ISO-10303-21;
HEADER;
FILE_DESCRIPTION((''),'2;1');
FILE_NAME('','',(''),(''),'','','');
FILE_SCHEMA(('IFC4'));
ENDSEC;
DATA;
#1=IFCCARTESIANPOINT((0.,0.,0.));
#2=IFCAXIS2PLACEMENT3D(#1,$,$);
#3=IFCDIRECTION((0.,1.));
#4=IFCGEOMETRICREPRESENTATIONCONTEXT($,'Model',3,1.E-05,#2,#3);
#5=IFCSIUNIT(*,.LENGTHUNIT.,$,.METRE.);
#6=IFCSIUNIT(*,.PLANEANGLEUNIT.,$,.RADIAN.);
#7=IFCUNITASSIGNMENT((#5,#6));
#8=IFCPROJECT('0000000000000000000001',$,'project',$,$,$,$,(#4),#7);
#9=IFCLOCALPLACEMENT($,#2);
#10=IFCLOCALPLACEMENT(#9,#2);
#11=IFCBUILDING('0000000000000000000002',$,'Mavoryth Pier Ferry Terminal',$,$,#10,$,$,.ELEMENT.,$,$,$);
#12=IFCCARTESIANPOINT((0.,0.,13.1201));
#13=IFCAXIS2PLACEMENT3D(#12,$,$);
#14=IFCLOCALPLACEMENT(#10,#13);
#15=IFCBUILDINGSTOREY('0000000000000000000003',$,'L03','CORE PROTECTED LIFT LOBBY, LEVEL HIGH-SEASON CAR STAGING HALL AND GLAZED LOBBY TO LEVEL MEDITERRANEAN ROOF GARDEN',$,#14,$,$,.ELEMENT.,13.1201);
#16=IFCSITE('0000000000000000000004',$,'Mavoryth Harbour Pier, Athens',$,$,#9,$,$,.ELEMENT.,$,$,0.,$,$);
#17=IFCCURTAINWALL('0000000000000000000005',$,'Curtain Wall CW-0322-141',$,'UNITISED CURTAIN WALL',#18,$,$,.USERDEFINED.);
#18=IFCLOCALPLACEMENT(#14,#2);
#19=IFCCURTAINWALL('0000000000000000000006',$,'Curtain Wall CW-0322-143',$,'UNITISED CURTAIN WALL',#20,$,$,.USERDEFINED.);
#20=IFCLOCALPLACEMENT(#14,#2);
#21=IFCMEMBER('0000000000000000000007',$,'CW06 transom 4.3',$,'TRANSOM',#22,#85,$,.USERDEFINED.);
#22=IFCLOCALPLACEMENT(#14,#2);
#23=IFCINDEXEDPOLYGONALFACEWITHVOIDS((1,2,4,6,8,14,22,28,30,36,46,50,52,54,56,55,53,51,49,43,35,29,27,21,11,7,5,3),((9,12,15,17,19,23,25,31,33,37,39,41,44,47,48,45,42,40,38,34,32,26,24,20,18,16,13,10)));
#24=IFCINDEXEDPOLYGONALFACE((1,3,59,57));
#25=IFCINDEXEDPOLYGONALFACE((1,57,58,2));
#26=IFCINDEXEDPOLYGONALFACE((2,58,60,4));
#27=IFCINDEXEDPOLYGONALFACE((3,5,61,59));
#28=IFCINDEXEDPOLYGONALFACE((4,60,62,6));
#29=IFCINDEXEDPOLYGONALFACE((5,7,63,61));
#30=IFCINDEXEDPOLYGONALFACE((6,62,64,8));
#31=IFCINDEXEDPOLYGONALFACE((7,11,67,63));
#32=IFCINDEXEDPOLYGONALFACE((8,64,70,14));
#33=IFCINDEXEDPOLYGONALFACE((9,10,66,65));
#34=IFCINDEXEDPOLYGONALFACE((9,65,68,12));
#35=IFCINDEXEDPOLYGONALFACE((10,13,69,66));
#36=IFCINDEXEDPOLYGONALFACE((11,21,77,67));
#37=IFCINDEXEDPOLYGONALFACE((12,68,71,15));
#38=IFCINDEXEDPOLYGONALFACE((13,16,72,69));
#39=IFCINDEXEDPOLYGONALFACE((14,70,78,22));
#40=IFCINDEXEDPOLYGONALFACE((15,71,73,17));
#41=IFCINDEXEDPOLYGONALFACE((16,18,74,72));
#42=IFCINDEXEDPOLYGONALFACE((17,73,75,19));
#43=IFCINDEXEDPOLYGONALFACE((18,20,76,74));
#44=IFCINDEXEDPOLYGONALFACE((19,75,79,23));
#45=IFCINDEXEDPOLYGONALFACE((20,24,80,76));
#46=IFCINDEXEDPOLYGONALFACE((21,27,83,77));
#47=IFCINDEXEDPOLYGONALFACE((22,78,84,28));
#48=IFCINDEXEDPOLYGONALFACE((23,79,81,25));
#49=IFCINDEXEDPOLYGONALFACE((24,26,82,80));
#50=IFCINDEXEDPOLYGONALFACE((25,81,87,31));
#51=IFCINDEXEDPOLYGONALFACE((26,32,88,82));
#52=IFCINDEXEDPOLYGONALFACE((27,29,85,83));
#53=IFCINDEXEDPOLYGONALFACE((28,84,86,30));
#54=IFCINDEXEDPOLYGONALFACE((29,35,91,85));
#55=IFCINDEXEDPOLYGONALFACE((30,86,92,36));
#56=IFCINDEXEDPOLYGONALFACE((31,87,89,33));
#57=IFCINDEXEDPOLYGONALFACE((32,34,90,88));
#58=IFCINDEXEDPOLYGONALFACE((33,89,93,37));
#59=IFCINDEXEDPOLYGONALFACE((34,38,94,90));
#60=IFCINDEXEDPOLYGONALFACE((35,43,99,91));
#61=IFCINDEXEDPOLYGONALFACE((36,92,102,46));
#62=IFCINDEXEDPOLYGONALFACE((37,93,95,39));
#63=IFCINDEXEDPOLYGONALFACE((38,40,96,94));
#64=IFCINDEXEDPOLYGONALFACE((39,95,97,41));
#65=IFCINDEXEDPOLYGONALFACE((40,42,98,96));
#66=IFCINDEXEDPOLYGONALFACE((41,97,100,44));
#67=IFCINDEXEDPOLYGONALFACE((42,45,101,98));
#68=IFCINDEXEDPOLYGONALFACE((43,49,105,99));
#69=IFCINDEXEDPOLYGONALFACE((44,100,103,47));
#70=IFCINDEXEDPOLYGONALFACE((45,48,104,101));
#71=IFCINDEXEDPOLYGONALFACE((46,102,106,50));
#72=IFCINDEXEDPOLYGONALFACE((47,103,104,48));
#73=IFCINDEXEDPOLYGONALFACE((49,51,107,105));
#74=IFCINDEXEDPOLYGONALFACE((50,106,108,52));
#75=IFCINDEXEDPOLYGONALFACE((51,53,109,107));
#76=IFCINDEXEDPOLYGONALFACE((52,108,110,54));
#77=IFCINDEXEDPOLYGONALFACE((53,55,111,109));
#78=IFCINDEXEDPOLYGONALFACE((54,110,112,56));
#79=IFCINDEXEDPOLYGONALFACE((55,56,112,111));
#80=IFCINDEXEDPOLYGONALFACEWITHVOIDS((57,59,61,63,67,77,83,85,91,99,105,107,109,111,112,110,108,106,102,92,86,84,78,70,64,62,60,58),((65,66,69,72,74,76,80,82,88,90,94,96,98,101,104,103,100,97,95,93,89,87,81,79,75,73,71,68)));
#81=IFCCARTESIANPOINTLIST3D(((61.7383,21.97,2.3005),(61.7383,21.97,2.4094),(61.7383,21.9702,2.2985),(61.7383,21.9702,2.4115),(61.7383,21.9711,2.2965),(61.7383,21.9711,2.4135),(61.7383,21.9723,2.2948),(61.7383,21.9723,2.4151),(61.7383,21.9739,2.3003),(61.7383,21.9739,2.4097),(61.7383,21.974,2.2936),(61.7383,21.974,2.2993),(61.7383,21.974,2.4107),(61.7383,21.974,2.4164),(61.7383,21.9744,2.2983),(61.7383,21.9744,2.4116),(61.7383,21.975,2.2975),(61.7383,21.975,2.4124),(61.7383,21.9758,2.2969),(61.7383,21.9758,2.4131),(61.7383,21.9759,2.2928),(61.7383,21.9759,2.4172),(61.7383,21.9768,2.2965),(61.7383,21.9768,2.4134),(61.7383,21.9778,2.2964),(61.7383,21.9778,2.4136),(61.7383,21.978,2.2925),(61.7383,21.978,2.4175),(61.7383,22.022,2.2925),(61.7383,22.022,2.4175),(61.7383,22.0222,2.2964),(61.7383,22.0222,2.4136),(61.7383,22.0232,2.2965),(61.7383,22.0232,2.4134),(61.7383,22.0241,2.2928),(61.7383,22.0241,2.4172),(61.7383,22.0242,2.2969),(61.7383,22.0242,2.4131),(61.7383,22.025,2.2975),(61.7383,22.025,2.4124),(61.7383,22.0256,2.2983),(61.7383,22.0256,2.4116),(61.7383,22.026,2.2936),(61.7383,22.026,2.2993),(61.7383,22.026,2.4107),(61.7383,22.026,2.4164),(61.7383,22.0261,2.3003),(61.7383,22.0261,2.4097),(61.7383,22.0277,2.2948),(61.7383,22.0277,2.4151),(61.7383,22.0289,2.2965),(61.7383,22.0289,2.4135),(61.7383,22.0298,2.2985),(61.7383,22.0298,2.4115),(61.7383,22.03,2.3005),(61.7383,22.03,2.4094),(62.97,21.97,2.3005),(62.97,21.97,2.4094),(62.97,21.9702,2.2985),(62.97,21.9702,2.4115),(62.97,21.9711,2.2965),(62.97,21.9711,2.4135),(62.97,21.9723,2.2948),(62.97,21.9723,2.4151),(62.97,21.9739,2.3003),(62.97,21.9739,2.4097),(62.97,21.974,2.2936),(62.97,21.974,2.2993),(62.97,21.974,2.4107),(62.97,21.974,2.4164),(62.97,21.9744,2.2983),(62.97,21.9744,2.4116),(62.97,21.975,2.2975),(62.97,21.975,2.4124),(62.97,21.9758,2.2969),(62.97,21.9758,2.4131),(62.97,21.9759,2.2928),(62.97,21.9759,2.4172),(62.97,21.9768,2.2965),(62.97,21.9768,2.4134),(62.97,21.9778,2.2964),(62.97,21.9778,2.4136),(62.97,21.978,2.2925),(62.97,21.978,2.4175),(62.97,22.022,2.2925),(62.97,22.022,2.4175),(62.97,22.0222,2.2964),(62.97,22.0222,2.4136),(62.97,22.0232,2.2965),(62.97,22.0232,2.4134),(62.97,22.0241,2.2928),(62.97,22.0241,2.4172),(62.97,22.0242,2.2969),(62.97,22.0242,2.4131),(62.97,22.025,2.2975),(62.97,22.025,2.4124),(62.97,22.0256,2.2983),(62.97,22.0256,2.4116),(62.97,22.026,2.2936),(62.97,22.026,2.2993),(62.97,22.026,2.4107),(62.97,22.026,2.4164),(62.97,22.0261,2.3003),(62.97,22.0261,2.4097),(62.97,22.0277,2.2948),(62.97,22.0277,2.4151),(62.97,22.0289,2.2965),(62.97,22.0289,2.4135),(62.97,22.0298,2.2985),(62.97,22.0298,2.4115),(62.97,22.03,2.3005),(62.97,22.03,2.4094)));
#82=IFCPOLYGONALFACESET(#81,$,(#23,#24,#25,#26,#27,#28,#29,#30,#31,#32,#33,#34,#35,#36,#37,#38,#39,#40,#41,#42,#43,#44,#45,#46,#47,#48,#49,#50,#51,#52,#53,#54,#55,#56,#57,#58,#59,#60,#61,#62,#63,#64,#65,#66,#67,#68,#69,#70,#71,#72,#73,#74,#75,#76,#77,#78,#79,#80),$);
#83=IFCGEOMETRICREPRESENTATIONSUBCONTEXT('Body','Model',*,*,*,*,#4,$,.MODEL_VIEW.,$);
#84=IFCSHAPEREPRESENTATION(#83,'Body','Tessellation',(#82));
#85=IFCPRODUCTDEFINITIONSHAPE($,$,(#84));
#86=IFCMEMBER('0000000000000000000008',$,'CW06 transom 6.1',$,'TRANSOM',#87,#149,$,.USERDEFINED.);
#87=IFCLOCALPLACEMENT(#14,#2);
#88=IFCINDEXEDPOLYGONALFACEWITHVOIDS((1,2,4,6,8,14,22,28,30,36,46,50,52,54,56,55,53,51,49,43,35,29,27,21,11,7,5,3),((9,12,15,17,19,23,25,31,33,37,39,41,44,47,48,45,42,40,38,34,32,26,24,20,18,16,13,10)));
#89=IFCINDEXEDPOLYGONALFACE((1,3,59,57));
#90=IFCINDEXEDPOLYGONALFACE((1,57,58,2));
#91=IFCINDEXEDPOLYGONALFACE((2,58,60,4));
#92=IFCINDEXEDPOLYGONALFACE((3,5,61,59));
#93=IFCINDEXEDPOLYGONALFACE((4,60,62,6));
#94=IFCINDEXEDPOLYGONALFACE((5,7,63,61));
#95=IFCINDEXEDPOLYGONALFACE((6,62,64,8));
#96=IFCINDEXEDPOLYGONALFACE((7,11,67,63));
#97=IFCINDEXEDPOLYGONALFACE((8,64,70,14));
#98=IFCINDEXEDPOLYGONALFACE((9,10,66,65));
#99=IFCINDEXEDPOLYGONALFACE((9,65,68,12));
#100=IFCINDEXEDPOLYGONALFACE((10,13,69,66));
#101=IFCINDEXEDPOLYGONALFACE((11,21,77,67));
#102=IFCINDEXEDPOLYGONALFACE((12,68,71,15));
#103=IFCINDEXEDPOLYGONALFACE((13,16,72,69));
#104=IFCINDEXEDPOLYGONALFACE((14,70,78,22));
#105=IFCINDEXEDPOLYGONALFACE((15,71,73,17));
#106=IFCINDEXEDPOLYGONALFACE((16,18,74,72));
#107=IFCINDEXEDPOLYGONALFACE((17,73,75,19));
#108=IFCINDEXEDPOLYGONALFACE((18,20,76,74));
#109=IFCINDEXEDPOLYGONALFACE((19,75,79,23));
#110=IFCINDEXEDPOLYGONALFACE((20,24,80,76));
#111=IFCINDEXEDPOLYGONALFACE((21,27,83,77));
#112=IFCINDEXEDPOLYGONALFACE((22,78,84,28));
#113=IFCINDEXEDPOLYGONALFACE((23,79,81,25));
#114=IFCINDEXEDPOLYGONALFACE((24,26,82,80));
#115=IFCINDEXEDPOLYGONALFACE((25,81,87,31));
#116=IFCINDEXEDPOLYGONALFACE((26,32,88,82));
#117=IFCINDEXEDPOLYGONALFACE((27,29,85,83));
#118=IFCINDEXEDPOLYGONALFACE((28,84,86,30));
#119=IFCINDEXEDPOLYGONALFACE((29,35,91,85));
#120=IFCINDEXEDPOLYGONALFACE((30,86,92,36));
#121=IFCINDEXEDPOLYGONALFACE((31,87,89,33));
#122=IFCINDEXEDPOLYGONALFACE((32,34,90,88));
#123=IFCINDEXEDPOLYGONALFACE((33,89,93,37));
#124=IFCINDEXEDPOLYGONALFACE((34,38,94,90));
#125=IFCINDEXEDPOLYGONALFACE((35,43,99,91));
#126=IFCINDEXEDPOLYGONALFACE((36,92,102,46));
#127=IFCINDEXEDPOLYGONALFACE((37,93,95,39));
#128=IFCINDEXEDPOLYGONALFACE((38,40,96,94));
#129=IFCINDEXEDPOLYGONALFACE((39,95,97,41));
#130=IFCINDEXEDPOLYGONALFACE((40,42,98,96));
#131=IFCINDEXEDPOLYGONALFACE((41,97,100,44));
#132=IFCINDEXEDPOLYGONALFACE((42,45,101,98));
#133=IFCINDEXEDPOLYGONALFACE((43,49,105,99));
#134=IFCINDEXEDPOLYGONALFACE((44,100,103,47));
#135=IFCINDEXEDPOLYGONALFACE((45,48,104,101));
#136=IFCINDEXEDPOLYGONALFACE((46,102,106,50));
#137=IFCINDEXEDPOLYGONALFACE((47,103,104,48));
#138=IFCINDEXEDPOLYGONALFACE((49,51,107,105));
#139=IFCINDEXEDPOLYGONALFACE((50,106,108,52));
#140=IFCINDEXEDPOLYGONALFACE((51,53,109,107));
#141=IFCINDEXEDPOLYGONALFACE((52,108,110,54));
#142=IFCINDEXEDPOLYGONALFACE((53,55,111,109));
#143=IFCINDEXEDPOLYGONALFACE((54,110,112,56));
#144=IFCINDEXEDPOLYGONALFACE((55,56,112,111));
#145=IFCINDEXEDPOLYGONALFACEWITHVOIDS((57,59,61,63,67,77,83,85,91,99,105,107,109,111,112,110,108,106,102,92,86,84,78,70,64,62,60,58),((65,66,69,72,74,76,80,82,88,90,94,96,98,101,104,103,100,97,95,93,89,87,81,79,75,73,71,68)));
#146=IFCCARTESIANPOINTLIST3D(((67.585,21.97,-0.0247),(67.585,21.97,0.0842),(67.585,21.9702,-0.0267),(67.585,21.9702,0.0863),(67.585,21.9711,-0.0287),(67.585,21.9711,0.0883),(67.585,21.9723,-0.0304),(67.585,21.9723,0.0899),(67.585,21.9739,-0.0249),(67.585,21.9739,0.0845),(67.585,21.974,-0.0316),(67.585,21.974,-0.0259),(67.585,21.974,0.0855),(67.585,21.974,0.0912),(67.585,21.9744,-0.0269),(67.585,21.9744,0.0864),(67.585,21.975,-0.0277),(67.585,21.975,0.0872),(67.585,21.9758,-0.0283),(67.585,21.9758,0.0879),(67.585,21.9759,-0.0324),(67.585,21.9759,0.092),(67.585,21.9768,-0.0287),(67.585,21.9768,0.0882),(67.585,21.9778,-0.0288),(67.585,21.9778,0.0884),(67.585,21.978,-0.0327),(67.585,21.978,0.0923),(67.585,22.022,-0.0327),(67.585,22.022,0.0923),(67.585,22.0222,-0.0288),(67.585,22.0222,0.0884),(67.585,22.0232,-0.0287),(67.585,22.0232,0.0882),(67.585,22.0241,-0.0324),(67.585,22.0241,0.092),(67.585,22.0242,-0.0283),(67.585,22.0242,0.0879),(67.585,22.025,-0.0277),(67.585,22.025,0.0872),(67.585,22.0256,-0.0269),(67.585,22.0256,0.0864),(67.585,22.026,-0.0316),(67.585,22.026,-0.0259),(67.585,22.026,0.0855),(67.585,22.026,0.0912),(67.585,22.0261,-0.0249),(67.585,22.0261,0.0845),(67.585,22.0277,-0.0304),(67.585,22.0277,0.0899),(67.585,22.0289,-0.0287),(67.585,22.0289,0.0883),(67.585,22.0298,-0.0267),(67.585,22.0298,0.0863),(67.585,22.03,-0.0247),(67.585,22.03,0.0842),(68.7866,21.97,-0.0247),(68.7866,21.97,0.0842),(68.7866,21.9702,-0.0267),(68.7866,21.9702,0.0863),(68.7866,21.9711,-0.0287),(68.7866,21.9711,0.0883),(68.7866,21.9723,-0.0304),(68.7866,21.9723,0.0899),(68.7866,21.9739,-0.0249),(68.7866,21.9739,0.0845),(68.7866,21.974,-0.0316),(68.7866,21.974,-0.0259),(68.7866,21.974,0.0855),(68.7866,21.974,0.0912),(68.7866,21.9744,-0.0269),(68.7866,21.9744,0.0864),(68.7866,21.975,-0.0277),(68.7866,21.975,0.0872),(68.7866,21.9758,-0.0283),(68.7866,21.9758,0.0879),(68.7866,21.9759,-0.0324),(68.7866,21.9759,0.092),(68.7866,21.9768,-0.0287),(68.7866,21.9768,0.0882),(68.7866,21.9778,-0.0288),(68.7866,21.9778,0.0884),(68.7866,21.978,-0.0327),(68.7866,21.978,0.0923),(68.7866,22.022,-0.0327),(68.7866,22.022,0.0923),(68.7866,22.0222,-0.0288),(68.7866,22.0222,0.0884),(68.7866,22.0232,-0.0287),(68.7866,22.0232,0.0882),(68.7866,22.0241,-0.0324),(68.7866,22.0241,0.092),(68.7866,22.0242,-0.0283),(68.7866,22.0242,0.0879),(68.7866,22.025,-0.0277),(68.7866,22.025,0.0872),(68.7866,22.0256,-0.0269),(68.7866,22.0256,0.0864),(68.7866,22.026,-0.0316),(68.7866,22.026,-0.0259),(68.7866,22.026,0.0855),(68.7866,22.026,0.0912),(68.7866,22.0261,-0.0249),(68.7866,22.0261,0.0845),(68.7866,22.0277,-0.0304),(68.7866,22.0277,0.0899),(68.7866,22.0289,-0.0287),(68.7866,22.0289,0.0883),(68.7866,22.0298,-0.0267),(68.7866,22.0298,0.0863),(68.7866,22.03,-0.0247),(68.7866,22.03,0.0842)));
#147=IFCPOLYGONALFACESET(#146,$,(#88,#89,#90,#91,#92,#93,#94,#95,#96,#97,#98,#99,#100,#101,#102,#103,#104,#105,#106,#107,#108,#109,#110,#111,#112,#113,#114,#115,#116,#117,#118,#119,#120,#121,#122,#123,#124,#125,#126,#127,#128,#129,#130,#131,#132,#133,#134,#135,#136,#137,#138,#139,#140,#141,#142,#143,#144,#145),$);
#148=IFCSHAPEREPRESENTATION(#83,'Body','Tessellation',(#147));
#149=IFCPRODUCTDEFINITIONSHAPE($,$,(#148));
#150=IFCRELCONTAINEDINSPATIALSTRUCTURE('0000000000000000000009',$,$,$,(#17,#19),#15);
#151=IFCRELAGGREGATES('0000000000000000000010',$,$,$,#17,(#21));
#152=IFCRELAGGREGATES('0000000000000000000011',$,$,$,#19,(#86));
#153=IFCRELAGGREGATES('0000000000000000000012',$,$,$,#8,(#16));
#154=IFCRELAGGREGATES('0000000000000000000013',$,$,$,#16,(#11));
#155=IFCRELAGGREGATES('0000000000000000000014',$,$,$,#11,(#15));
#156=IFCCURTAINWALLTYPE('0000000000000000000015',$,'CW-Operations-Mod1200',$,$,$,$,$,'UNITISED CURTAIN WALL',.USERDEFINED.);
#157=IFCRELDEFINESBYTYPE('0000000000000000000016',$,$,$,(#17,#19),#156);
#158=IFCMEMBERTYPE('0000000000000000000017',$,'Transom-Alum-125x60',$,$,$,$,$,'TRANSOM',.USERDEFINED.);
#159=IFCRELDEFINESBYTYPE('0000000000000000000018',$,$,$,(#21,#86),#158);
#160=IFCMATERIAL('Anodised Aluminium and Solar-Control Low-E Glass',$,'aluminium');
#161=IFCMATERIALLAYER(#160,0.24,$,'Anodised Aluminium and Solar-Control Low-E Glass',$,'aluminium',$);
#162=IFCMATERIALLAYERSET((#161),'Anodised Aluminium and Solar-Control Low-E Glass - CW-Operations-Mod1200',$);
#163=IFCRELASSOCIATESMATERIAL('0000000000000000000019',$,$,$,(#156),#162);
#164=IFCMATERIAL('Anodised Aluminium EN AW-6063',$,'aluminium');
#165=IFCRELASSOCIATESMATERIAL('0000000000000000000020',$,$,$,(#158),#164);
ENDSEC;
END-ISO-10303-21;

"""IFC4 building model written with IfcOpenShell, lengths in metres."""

from ifc_helpers import new_model, si_unit, direction, frame, origin, origin_2d, place, context, subcontext, project, spatial, hollow_rectangle, extrude, material, layer, layer_set, material_profile, profile_set, type_object, element, aggregate, save


model = new_model("IFC4")

# Units and contexts
model_context = context("Model", 3, precision=1e-05, world=origin(), true_north=direction((0.0, 1.0)))
body_context = subcontext(model_context, "Body", "Model", "MODEL_VIEW")
ifc_project = project(units=[si_unit("LENGTHUNIT", "METRE"), si_unit("PLANEANGLEUNIT", "RADIAN")], contexts=[model_context])

# Site, building, storey
site_placement = place(None, origin())
site = spatial("IfcSite", under=ifc_project, at=site_placement, Name="Mavoryth Harbour Pier, Athens", CompositionType="ELEMENT", RefElevation=0.0)
building_placement = place(site_placement, origin())
building = spatial("IfcBuilding", under=site, at=building_placement, Name="Mavoryth Pier Ferry Terminal", CompositionType="ELEMENT")
storey_placement = place(building_placement, frame((0.0, 0.0, 13.1201)))
storey = spatial("IfcBuildingStorey", under=building, at=storey_placement, Name="L03", Description="CORE PROTECTED LIFT LOBBY, LEVEL HIGH-SEASON CAR STAGING HALL AND GLAZED LOBBY TO LEVEL MEDITERRANEAN ROOF GARDEN", CompositionType="ELEMENT", Elevation=13.1201)

# Curtain walls
ifc_material_1 = material(Name="Anodised Aluminium and Solar-Control Low-E Glass", Category="aluminium")
ifc_layer_1 = layer(ifc_material_1, 0.24, Name="Anodised Aluminium and Solar-Control Low-E Glass", Category="aluminium")
ifc_layer_set_1 = layer_set([ifc_layer_1], Name="Anodised Aluminium and Solar-Control Low-E Glass - CW-Operations-Mod1200")
curtain_wall_type = type_object("IfcCurtainWallType", Name="CW-Operations-Mod1200", ElementType="UNITISED CURTAIN WALL", PredefinedType="USERDEFINED", material=ifc_layer_set_1)
curtain_wall_1_placement = place(storey_placement, origin())
curtain_wall_1 = element("IfcCurtainWall", 1, at=curtain_wall_1_placement, inside=storey, type_object=curtain_wall_type, Name="Curtain Wall CW-0322-141", ObjectType="UNITISED CURTAIN WALL", PredefinedType="USERDEFINED")
ifc_material_2 = material(Name="Anodised Aluminium EN AW-6063", Category="aluminium")
curtain_wall_2_placement = place(storey_placement, origin())
curtain_wall_2 = element("IfcCurtainWall", 2, at=curtain_wall_2_placement, inside=storey, type_object=curtain_wall_type, Name="Curtain Wall CW-0322-143", ObjectType="UNITISED CURTAIN WALL", PredefinedType="USERDEFINED")

# Members
ifc_material_profile_1 = material_profile(ifc_material_2, hollow_rectangle(XDim=0.0601, YDim=0.125, WallThickness=0.0039, InnerFilletRadius=0.0039, OuterFilletRadius=0.0081, at=origin_2d()), Name="AL-TRAN 125x60x4", Category="aluminium")
ifc_profile_set_1 = profile_set([ifc_material_profile_1], Name="Anodised Aluminium EN AW-6063 - AL-TRAN 125x60x4")
member_type_1 = type_object("IfcMemberType", Name="Transom-Alum-125x60", ElementType="TRANSOM", PredefinedType="USERDEFINED", material=ifc_profile_set_1)
member_1_placement = place(storey_placement, frame((62.97, 22.0, 2.355), z_axis=(-1.0, 0.0, 0.0), x_axis=(0.0, -1.0, 0.0)))
member_1 = element("IfcMember", 3, at=member_1_placement, type_object=member_type_1, Name="CW06 transom 4.3", ObjectType="TRANSOM", PredefinedType="USERDEFINED", context=body_context, shape_type="SweptSolid", body=[
    extrude(hollow_rectangle(XDim=0.0601, YDim=0.125, WallThickness=0.0039, InnerFilletRadius=0.0039, OuterFilletRadius=0.0081, at=origin_2d()), origin(), (0.0, 0.0, 1.0), 1.2317),
])
member_2_placement = place(storey_placement, frame((68.7866, 22.0, 0.0298), z_axis=(-1.0, 0.0, 0.0), x_axis=(0.0, -1.0, 0.0)))
member_2 = element("IfcMember", 4, at=member_2_placement, type_object=member_type_1, Name="CW06 transom 6.1", ObjectType="TRANSOM", PredefinedType="USERDEFINED", context=body_context, shape_type="SweptSolid", body=[
    extrude(hollow_rectangle(XDim=0.0601, YDim=0.125, WallThickness=0.0039, InnerFilletRadius=0.0039, OuterFilletRadius=0.0081, at=origin_2d()), origin(), (0.0, 0.0, 1.0), 1.2017),
])

aggregate(curtain_wall_1, [member_1])
aggregate(curtain_wall_2, [member_2])

save(model, "model.ifc")
